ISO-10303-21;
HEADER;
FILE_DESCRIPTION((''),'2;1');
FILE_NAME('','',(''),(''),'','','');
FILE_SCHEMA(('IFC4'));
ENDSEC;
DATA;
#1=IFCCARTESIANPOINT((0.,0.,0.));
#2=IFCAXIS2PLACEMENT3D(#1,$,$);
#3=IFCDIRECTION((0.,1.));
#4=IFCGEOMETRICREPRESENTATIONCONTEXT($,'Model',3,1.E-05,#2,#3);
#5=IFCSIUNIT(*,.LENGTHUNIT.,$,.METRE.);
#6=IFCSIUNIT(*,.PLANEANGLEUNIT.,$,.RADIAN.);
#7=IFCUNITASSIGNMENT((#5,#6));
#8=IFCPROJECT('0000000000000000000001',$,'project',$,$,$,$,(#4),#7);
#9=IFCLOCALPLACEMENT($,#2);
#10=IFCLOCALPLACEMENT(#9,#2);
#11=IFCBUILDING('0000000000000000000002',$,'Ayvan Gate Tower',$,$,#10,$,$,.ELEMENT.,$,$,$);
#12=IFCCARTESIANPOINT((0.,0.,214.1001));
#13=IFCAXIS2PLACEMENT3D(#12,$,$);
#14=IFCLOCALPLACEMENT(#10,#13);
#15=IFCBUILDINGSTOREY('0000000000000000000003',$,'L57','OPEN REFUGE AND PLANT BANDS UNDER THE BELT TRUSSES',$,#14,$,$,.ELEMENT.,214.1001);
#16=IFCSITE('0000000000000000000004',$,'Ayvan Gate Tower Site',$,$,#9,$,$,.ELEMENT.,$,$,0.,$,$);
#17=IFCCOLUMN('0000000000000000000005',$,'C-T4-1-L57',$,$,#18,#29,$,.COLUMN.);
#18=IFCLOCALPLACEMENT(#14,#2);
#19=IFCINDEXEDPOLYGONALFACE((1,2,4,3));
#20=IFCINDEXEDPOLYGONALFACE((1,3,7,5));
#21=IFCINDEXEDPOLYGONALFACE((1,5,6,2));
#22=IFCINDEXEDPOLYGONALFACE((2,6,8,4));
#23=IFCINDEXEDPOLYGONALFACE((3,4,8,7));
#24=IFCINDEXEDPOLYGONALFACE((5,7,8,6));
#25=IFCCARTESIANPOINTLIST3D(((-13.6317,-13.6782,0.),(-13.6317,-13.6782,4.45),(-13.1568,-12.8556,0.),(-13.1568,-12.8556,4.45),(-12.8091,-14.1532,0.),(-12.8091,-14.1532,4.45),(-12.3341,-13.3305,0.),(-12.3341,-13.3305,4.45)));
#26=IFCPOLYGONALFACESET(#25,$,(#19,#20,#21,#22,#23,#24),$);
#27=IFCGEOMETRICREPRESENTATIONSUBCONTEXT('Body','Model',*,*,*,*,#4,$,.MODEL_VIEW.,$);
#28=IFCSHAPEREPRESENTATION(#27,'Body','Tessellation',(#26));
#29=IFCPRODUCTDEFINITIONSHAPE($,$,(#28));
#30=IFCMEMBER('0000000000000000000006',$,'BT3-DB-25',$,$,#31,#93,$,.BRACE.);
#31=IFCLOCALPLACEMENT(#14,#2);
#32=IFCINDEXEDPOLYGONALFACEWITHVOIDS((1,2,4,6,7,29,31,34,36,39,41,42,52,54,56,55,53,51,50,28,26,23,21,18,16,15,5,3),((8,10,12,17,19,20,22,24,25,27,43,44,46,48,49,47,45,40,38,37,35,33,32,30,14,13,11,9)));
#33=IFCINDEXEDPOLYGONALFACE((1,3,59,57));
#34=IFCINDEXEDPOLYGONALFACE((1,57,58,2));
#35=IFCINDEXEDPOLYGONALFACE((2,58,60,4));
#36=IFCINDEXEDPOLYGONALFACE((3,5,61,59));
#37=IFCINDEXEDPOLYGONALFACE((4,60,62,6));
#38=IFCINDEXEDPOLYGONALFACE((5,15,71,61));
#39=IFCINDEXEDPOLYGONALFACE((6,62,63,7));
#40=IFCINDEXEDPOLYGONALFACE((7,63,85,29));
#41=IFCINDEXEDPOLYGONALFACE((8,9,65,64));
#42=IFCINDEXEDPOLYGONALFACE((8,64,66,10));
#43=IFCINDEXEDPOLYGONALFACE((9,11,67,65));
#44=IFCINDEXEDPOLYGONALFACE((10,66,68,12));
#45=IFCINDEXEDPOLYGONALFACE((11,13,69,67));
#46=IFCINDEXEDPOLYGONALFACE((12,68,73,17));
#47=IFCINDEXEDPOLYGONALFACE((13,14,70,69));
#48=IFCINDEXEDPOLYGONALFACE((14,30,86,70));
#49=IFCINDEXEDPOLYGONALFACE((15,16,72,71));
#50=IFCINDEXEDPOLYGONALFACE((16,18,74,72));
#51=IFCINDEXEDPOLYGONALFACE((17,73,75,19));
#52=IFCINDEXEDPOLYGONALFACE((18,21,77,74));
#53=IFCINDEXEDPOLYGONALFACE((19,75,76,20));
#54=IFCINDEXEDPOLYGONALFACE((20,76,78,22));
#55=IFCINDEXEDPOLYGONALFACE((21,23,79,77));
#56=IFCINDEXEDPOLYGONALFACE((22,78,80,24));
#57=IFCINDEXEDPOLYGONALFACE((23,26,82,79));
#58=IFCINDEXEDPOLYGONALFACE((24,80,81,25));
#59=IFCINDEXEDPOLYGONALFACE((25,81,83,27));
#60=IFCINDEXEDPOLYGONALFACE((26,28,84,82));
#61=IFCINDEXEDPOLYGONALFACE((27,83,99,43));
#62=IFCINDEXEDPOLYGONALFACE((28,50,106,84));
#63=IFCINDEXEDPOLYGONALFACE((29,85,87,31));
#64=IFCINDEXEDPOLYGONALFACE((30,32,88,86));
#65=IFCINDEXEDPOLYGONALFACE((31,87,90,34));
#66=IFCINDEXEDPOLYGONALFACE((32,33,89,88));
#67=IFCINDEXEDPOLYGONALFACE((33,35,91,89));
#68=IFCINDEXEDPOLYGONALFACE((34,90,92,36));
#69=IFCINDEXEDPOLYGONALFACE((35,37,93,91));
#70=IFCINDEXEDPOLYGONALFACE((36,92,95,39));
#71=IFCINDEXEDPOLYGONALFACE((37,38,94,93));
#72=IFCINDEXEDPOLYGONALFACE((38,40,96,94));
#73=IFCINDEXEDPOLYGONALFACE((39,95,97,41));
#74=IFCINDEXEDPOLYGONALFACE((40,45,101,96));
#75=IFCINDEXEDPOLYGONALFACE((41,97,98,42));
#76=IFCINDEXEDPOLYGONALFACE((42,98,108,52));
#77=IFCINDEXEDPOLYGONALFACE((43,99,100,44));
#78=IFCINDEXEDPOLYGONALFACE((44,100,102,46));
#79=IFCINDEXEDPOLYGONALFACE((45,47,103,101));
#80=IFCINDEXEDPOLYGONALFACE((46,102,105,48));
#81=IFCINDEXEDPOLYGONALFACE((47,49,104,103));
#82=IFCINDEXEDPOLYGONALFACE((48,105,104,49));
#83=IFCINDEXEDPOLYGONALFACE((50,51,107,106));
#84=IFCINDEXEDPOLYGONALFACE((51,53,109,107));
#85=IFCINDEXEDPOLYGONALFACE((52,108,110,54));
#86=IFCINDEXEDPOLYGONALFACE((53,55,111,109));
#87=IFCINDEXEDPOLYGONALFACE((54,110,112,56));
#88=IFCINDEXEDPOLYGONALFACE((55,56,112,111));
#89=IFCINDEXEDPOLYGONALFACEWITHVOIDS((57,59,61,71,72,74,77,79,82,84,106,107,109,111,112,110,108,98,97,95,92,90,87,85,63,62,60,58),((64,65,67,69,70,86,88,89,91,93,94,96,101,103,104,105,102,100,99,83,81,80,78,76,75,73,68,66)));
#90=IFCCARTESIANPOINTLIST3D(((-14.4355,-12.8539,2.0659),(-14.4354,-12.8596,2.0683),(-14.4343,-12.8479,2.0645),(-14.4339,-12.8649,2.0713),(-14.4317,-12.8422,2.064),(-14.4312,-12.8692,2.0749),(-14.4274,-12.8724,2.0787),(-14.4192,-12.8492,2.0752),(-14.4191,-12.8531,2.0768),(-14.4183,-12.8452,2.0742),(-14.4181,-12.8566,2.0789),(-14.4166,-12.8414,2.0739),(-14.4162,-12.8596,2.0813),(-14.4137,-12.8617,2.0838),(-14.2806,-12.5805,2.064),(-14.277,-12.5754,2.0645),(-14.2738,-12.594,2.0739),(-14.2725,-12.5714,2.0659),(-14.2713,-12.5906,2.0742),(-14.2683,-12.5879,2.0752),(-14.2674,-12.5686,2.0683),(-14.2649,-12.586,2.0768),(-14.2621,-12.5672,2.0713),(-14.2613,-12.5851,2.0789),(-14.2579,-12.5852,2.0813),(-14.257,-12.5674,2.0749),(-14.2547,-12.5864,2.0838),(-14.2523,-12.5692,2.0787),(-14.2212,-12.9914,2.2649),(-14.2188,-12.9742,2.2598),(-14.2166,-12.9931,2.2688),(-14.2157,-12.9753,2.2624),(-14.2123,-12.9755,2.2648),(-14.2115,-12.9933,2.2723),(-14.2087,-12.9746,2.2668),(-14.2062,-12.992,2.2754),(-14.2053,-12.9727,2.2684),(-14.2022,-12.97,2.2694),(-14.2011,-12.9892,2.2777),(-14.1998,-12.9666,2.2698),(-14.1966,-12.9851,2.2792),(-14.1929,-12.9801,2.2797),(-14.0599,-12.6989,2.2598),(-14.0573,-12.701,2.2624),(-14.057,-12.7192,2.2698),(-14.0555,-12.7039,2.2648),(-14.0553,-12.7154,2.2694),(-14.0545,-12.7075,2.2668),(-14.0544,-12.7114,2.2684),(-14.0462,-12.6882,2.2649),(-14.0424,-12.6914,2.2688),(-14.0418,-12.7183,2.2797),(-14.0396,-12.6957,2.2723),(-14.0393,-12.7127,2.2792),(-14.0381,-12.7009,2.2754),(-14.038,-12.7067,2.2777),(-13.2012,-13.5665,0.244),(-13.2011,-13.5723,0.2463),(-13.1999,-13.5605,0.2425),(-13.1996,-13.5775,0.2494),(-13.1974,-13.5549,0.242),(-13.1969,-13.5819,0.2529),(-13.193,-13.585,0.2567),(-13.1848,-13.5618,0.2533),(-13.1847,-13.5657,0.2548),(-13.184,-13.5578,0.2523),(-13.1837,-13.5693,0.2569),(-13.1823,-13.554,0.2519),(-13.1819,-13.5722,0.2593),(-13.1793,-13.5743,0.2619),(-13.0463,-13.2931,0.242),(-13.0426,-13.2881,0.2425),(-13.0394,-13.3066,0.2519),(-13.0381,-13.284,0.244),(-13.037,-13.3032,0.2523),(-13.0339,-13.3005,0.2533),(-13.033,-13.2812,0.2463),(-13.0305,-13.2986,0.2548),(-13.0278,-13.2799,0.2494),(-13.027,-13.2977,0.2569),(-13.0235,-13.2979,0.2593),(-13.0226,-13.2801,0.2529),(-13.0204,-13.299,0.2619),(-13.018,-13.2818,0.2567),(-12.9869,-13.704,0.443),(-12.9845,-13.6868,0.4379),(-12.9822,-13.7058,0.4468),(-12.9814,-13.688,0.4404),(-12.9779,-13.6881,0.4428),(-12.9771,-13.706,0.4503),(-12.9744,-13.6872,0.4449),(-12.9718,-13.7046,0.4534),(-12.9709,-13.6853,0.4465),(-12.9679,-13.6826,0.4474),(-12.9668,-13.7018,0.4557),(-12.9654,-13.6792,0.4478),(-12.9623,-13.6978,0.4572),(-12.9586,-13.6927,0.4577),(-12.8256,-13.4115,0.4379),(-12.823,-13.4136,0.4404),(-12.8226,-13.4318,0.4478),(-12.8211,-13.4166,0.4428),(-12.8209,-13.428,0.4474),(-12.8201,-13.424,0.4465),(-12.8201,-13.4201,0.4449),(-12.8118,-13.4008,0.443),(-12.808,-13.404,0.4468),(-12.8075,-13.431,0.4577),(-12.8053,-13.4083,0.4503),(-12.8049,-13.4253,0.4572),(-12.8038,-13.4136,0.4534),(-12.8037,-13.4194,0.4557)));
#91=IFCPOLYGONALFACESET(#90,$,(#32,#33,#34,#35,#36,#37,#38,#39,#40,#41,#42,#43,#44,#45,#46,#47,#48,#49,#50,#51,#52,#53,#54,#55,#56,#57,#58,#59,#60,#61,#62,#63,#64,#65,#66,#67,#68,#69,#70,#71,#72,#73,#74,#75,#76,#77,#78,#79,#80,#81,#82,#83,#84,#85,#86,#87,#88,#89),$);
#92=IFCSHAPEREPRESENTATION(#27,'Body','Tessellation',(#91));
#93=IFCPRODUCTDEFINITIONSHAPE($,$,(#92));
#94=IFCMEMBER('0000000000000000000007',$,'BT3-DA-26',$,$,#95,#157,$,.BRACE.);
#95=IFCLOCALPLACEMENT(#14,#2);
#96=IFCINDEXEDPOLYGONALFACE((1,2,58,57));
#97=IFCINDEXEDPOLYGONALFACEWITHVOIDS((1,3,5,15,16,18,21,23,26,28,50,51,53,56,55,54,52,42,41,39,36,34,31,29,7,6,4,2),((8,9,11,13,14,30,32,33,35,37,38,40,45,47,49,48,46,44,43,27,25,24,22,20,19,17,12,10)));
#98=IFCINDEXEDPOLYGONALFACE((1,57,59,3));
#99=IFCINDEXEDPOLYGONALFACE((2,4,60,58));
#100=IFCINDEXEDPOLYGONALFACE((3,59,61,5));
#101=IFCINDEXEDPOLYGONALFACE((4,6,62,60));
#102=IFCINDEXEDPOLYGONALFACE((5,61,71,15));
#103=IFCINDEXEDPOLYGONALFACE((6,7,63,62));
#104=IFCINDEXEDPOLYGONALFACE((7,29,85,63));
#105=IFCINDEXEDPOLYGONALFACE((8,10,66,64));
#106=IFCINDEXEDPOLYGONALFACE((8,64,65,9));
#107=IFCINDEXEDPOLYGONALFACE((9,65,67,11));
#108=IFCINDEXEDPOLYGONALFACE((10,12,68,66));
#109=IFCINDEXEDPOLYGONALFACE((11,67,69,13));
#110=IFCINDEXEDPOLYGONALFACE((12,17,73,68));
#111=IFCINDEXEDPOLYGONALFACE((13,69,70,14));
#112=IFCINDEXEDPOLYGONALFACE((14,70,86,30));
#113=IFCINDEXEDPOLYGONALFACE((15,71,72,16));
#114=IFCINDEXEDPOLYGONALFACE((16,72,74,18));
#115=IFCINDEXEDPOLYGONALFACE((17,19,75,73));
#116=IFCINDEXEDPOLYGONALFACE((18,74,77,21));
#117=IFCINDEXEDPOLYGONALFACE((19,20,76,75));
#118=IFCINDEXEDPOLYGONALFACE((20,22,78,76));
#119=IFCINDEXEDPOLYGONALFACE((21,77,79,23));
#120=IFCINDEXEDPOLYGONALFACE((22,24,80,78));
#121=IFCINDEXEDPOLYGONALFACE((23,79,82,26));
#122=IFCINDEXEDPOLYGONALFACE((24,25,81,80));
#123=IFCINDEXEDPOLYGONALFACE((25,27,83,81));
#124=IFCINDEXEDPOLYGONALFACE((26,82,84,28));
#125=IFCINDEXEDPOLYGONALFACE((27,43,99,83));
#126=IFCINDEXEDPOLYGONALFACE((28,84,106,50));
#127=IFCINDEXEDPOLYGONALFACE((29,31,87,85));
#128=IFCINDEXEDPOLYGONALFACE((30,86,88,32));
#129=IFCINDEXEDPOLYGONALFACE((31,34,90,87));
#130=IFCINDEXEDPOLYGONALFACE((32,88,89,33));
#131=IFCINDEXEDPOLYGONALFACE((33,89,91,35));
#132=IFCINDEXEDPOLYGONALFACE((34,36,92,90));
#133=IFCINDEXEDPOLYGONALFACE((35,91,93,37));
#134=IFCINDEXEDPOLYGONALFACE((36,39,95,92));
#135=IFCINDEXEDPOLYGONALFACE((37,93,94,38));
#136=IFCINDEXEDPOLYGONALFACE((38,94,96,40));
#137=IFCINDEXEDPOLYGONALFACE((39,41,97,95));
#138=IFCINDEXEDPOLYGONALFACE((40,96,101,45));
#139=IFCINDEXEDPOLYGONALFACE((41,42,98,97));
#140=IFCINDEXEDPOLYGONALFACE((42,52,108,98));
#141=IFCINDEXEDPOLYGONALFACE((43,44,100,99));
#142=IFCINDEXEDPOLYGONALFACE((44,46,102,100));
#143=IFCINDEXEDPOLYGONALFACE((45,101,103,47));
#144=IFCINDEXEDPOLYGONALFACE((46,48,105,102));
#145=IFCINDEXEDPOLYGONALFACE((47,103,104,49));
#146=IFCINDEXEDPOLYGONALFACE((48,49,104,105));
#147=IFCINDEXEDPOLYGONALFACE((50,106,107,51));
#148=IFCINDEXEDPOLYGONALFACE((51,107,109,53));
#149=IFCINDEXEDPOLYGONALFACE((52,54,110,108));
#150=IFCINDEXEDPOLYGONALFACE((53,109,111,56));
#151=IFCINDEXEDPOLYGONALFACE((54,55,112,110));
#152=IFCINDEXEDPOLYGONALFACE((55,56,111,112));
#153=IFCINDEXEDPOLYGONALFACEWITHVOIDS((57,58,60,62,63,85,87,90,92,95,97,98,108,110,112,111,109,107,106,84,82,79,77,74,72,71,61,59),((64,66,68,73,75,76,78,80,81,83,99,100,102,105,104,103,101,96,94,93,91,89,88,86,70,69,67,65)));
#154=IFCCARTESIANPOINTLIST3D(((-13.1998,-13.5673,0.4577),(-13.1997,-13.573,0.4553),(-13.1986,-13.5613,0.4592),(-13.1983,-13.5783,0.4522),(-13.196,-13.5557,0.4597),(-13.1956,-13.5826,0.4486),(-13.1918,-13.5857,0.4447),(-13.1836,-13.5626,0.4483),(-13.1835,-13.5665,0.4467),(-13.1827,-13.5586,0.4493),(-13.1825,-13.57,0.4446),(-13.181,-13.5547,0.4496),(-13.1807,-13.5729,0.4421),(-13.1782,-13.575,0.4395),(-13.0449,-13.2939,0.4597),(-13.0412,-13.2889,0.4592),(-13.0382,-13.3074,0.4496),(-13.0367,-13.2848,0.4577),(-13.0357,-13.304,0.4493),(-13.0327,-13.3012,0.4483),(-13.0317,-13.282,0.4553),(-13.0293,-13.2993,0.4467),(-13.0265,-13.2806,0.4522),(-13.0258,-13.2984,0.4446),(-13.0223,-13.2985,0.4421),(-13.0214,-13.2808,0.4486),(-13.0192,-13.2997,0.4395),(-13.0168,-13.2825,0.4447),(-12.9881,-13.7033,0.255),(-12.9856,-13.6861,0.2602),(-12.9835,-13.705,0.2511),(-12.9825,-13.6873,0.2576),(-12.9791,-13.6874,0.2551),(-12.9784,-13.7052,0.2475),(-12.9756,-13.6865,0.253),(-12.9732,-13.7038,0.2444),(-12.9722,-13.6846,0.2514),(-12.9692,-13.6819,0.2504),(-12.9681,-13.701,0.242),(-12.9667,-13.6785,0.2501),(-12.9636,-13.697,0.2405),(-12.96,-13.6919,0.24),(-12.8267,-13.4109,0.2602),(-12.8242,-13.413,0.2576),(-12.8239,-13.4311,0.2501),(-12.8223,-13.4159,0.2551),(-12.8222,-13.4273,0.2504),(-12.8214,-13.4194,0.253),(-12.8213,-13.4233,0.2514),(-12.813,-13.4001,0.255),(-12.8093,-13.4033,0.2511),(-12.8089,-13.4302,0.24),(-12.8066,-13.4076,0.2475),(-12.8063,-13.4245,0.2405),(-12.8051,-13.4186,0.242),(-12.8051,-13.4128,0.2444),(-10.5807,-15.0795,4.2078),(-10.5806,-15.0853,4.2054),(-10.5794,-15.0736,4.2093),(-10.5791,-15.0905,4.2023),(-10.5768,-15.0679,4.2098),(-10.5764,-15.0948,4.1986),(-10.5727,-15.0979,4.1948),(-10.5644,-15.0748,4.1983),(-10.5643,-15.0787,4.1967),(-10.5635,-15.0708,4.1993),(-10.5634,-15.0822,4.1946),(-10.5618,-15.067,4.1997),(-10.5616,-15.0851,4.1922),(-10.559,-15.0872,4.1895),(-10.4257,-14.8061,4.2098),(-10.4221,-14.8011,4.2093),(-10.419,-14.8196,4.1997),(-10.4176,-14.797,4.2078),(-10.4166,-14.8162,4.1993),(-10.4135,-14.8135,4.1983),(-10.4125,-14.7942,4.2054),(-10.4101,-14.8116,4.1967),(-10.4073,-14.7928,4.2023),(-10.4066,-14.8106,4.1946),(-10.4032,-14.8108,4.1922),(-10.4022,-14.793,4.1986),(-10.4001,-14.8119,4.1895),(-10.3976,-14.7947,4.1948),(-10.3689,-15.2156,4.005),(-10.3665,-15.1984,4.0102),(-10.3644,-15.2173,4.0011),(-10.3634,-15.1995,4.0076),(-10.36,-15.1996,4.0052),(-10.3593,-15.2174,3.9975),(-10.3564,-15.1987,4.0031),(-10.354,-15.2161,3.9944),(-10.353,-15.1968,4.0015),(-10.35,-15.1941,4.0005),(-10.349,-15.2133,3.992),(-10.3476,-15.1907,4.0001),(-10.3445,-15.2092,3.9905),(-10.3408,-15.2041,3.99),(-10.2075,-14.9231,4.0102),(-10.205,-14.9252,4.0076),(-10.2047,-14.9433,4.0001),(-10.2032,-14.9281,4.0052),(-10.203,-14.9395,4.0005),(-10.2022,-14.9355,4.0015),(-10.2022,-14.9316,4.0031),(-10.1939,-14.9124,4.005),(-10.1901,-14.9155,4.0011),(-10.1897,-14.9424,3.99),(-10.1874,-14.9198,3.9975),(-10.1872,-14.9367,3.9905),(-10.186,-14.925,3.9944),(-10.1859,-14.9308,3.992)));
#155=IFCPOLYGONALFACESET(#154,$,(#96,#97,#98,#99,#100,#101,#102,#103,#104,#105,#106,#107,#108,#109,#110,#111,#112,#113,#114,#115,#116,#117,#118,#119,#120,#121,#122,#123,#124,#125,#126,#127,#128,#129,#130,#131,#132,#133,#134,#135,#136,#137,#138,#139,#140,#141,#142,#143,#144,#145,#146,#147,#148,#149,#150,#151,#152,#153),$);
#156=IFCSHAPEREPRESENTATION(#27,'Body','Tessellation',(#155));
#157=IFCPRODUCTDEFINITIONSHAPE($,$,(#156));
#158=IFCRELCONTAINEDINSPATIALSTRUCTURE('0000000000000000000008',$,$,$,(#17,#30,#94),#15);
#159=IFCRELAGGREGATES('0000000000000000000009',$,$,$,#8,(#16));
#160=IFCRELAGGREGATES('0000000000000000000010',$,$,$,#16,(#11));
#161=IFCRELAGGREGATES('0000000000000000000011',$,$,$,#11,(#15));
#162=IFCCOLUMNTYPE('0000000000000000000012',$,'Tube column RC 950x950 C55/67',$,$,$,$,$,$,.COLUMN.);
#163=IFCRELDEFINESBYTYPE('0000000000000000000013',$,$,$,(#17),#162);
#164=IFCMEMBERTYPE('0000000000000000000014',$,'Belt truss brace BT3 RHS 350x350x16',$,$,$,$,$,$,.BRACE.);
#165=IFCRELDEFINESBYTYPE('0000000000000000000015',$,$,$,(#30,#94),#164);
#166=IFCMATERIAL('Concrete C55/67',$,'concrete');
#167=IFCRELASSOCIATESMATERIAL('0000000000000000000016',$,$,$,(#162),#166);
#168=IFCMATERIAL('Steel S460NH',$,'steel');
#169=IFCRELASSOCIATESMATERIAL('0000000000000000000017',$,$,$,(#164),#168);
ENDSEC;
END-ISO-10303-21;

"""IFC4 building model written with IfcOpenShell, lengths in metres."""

from ifc_helpers import new_model, si_unit, direction, frame, origin, origin_2d, place, context, subcontext, project, spatial, rectangle, hollow_rectangle, extrude, material, material_profile, profile_set, type_object, element, save


model = new_model("IFC4")

# Units and contexts
model_context = context("Model", 3, precision=1e-05, world=origin(), true_north=direction((0.0, 1.0)))
body_context = subcontext(model_context, "Body", "Model", "MODEL_VIEW")
ifc_project = project(units=[si_unit("LENGTHUNIT", "METRE"), si_unit("PLANEANGLEUNIT", "RADIAN")], contexts=[model_context])

# Site, building, storey
site_placement = place(None, origin())
site = spatial("IfcSite", under=ifc_project, at=site_placement, Name="Ayvan Gate Tower Site", CompositionType="ELEMENT", RefElevation=0.0)
building_placement = place(site_placement, origin())
building = spatial("IfcBuilding", under=site, at=building_placement, Name="Ayvan Gate Tower", CompositionType="ELEMENT")
storey_placement = place(building_placement, frame((0.0, 0.0, 214.1001)))
storey = spatial("IfcBuildingStorey", under=building, at=storey_placement, Name="L57", Description="OPEN REFUGE AND PLANT BANDS UNDER THE BELT TRUSSES", CompositionType="ELEMENT", Elevation=214.1001)

# Column
ifc_material_1 = material(Name="Concrete C55/67", Category="concrete")
ifc_material_profile_1 = material_profile(ifc_material_1, rectangle(XDim=0.95, YDim=0.95, at=origin_2d()), Name="RC 950x950")
ifc_profile_set_1 = profile_set([ifc_material_profile_1], Name="Concrete C55/67")
column_type = type_object("IfcColumnType", Name="Tube column RC 950x950 C55/67", PredefinedType="COLUMN", material=ifc_profile_set_1)
column_placement = place(storey_placement, frame((-12.9829, -13.5044, 0.0), z_axis=(0.0, 0.0, 1.0), x_axis=(-0.5, -0.866025, 0.0)))
element("IfcColumn", 1, at=column_placement, inside=storey, type_object=column_type, Name="C-T4-1-L57", PredefinedType="COLUMN", context=body_context, shape_type="SweptSolid", body=[
    extrude(rectangle(XDim=0.95, YDim=0.95, at=origin_2d()), origin(), (0.0, 0.0, 1.0), 4.45),
])

# Members
ifc_material_2 = material(Name="Steel S460NH", Category="steel")
ifc_material_profile_2 = material_profile(ifc_material_2, hollow_rectangle(XDim=0.3501, YDim=0.3501, WallThickness=0.0161, InnerFilletRadius=0.0161, OuterFilletRadius=0.0239, at=origin_2d()), Name="RHS 350x350x16")
ifc_profile_set_2 = profile_set([ifc_material_profile_2], Name="Steel S460NH")
member_type_1 = type_object("IfcMemberType", Name="Belt truss brace BT3 RHS 350x350x16", PredefinedType="BRACE", material=ifc_profile_set_2)
member_1_placement = place(storey_placement, frame((-13.0024, -13.4929, 0.3499), z_axis=(-0.533602, 0.308066, 0.787632), x_axis=(-0.499989, -0.866032, 0.0)))
element("IfcMember", 2, at=member_1_placement, inside=storey, type_object=member_type_1, Name="BT3-DB-25", PredefinedType="BRACE", context=body_context, shape_type="SweptSolid", body=[
    extrude(hollow_rectangle(XDim=0.3501, YDim=0.3501, WallThickness=0.0161, InnerFilletRadius=0.0161, OuterFilletRadius=0.0239, at=origin_2d()), origin(), (0.0, 0.0, 1.0), 2.3132),
])
member_2_placement = place(storey_placement, frame((-13.0024, -13.4929, 0.3499), z_axis=(0.543662, -0.313893, 0.778398), x_axis=(0.500011, 0.866019, 0.0)))
element("IfcMember", 3, at=member_2_placement, inside=storey, type_object=member_type_1, Name="BT3-DA-26", PredefinedType="BRACE", context=body_context, shape_type="SweptSolid", body=[
    extrude(hollow_rectangle(XDim=0.3501, YDim=0.3501, WallThickness=0.0161, InnerFilletRadius=0.0161, OuterFilletRadius=0.0239, at=origin_2d()), origin(), (0.0, 0.0, 1.0), 4.8176),
])

save(model, "model.ifc")
